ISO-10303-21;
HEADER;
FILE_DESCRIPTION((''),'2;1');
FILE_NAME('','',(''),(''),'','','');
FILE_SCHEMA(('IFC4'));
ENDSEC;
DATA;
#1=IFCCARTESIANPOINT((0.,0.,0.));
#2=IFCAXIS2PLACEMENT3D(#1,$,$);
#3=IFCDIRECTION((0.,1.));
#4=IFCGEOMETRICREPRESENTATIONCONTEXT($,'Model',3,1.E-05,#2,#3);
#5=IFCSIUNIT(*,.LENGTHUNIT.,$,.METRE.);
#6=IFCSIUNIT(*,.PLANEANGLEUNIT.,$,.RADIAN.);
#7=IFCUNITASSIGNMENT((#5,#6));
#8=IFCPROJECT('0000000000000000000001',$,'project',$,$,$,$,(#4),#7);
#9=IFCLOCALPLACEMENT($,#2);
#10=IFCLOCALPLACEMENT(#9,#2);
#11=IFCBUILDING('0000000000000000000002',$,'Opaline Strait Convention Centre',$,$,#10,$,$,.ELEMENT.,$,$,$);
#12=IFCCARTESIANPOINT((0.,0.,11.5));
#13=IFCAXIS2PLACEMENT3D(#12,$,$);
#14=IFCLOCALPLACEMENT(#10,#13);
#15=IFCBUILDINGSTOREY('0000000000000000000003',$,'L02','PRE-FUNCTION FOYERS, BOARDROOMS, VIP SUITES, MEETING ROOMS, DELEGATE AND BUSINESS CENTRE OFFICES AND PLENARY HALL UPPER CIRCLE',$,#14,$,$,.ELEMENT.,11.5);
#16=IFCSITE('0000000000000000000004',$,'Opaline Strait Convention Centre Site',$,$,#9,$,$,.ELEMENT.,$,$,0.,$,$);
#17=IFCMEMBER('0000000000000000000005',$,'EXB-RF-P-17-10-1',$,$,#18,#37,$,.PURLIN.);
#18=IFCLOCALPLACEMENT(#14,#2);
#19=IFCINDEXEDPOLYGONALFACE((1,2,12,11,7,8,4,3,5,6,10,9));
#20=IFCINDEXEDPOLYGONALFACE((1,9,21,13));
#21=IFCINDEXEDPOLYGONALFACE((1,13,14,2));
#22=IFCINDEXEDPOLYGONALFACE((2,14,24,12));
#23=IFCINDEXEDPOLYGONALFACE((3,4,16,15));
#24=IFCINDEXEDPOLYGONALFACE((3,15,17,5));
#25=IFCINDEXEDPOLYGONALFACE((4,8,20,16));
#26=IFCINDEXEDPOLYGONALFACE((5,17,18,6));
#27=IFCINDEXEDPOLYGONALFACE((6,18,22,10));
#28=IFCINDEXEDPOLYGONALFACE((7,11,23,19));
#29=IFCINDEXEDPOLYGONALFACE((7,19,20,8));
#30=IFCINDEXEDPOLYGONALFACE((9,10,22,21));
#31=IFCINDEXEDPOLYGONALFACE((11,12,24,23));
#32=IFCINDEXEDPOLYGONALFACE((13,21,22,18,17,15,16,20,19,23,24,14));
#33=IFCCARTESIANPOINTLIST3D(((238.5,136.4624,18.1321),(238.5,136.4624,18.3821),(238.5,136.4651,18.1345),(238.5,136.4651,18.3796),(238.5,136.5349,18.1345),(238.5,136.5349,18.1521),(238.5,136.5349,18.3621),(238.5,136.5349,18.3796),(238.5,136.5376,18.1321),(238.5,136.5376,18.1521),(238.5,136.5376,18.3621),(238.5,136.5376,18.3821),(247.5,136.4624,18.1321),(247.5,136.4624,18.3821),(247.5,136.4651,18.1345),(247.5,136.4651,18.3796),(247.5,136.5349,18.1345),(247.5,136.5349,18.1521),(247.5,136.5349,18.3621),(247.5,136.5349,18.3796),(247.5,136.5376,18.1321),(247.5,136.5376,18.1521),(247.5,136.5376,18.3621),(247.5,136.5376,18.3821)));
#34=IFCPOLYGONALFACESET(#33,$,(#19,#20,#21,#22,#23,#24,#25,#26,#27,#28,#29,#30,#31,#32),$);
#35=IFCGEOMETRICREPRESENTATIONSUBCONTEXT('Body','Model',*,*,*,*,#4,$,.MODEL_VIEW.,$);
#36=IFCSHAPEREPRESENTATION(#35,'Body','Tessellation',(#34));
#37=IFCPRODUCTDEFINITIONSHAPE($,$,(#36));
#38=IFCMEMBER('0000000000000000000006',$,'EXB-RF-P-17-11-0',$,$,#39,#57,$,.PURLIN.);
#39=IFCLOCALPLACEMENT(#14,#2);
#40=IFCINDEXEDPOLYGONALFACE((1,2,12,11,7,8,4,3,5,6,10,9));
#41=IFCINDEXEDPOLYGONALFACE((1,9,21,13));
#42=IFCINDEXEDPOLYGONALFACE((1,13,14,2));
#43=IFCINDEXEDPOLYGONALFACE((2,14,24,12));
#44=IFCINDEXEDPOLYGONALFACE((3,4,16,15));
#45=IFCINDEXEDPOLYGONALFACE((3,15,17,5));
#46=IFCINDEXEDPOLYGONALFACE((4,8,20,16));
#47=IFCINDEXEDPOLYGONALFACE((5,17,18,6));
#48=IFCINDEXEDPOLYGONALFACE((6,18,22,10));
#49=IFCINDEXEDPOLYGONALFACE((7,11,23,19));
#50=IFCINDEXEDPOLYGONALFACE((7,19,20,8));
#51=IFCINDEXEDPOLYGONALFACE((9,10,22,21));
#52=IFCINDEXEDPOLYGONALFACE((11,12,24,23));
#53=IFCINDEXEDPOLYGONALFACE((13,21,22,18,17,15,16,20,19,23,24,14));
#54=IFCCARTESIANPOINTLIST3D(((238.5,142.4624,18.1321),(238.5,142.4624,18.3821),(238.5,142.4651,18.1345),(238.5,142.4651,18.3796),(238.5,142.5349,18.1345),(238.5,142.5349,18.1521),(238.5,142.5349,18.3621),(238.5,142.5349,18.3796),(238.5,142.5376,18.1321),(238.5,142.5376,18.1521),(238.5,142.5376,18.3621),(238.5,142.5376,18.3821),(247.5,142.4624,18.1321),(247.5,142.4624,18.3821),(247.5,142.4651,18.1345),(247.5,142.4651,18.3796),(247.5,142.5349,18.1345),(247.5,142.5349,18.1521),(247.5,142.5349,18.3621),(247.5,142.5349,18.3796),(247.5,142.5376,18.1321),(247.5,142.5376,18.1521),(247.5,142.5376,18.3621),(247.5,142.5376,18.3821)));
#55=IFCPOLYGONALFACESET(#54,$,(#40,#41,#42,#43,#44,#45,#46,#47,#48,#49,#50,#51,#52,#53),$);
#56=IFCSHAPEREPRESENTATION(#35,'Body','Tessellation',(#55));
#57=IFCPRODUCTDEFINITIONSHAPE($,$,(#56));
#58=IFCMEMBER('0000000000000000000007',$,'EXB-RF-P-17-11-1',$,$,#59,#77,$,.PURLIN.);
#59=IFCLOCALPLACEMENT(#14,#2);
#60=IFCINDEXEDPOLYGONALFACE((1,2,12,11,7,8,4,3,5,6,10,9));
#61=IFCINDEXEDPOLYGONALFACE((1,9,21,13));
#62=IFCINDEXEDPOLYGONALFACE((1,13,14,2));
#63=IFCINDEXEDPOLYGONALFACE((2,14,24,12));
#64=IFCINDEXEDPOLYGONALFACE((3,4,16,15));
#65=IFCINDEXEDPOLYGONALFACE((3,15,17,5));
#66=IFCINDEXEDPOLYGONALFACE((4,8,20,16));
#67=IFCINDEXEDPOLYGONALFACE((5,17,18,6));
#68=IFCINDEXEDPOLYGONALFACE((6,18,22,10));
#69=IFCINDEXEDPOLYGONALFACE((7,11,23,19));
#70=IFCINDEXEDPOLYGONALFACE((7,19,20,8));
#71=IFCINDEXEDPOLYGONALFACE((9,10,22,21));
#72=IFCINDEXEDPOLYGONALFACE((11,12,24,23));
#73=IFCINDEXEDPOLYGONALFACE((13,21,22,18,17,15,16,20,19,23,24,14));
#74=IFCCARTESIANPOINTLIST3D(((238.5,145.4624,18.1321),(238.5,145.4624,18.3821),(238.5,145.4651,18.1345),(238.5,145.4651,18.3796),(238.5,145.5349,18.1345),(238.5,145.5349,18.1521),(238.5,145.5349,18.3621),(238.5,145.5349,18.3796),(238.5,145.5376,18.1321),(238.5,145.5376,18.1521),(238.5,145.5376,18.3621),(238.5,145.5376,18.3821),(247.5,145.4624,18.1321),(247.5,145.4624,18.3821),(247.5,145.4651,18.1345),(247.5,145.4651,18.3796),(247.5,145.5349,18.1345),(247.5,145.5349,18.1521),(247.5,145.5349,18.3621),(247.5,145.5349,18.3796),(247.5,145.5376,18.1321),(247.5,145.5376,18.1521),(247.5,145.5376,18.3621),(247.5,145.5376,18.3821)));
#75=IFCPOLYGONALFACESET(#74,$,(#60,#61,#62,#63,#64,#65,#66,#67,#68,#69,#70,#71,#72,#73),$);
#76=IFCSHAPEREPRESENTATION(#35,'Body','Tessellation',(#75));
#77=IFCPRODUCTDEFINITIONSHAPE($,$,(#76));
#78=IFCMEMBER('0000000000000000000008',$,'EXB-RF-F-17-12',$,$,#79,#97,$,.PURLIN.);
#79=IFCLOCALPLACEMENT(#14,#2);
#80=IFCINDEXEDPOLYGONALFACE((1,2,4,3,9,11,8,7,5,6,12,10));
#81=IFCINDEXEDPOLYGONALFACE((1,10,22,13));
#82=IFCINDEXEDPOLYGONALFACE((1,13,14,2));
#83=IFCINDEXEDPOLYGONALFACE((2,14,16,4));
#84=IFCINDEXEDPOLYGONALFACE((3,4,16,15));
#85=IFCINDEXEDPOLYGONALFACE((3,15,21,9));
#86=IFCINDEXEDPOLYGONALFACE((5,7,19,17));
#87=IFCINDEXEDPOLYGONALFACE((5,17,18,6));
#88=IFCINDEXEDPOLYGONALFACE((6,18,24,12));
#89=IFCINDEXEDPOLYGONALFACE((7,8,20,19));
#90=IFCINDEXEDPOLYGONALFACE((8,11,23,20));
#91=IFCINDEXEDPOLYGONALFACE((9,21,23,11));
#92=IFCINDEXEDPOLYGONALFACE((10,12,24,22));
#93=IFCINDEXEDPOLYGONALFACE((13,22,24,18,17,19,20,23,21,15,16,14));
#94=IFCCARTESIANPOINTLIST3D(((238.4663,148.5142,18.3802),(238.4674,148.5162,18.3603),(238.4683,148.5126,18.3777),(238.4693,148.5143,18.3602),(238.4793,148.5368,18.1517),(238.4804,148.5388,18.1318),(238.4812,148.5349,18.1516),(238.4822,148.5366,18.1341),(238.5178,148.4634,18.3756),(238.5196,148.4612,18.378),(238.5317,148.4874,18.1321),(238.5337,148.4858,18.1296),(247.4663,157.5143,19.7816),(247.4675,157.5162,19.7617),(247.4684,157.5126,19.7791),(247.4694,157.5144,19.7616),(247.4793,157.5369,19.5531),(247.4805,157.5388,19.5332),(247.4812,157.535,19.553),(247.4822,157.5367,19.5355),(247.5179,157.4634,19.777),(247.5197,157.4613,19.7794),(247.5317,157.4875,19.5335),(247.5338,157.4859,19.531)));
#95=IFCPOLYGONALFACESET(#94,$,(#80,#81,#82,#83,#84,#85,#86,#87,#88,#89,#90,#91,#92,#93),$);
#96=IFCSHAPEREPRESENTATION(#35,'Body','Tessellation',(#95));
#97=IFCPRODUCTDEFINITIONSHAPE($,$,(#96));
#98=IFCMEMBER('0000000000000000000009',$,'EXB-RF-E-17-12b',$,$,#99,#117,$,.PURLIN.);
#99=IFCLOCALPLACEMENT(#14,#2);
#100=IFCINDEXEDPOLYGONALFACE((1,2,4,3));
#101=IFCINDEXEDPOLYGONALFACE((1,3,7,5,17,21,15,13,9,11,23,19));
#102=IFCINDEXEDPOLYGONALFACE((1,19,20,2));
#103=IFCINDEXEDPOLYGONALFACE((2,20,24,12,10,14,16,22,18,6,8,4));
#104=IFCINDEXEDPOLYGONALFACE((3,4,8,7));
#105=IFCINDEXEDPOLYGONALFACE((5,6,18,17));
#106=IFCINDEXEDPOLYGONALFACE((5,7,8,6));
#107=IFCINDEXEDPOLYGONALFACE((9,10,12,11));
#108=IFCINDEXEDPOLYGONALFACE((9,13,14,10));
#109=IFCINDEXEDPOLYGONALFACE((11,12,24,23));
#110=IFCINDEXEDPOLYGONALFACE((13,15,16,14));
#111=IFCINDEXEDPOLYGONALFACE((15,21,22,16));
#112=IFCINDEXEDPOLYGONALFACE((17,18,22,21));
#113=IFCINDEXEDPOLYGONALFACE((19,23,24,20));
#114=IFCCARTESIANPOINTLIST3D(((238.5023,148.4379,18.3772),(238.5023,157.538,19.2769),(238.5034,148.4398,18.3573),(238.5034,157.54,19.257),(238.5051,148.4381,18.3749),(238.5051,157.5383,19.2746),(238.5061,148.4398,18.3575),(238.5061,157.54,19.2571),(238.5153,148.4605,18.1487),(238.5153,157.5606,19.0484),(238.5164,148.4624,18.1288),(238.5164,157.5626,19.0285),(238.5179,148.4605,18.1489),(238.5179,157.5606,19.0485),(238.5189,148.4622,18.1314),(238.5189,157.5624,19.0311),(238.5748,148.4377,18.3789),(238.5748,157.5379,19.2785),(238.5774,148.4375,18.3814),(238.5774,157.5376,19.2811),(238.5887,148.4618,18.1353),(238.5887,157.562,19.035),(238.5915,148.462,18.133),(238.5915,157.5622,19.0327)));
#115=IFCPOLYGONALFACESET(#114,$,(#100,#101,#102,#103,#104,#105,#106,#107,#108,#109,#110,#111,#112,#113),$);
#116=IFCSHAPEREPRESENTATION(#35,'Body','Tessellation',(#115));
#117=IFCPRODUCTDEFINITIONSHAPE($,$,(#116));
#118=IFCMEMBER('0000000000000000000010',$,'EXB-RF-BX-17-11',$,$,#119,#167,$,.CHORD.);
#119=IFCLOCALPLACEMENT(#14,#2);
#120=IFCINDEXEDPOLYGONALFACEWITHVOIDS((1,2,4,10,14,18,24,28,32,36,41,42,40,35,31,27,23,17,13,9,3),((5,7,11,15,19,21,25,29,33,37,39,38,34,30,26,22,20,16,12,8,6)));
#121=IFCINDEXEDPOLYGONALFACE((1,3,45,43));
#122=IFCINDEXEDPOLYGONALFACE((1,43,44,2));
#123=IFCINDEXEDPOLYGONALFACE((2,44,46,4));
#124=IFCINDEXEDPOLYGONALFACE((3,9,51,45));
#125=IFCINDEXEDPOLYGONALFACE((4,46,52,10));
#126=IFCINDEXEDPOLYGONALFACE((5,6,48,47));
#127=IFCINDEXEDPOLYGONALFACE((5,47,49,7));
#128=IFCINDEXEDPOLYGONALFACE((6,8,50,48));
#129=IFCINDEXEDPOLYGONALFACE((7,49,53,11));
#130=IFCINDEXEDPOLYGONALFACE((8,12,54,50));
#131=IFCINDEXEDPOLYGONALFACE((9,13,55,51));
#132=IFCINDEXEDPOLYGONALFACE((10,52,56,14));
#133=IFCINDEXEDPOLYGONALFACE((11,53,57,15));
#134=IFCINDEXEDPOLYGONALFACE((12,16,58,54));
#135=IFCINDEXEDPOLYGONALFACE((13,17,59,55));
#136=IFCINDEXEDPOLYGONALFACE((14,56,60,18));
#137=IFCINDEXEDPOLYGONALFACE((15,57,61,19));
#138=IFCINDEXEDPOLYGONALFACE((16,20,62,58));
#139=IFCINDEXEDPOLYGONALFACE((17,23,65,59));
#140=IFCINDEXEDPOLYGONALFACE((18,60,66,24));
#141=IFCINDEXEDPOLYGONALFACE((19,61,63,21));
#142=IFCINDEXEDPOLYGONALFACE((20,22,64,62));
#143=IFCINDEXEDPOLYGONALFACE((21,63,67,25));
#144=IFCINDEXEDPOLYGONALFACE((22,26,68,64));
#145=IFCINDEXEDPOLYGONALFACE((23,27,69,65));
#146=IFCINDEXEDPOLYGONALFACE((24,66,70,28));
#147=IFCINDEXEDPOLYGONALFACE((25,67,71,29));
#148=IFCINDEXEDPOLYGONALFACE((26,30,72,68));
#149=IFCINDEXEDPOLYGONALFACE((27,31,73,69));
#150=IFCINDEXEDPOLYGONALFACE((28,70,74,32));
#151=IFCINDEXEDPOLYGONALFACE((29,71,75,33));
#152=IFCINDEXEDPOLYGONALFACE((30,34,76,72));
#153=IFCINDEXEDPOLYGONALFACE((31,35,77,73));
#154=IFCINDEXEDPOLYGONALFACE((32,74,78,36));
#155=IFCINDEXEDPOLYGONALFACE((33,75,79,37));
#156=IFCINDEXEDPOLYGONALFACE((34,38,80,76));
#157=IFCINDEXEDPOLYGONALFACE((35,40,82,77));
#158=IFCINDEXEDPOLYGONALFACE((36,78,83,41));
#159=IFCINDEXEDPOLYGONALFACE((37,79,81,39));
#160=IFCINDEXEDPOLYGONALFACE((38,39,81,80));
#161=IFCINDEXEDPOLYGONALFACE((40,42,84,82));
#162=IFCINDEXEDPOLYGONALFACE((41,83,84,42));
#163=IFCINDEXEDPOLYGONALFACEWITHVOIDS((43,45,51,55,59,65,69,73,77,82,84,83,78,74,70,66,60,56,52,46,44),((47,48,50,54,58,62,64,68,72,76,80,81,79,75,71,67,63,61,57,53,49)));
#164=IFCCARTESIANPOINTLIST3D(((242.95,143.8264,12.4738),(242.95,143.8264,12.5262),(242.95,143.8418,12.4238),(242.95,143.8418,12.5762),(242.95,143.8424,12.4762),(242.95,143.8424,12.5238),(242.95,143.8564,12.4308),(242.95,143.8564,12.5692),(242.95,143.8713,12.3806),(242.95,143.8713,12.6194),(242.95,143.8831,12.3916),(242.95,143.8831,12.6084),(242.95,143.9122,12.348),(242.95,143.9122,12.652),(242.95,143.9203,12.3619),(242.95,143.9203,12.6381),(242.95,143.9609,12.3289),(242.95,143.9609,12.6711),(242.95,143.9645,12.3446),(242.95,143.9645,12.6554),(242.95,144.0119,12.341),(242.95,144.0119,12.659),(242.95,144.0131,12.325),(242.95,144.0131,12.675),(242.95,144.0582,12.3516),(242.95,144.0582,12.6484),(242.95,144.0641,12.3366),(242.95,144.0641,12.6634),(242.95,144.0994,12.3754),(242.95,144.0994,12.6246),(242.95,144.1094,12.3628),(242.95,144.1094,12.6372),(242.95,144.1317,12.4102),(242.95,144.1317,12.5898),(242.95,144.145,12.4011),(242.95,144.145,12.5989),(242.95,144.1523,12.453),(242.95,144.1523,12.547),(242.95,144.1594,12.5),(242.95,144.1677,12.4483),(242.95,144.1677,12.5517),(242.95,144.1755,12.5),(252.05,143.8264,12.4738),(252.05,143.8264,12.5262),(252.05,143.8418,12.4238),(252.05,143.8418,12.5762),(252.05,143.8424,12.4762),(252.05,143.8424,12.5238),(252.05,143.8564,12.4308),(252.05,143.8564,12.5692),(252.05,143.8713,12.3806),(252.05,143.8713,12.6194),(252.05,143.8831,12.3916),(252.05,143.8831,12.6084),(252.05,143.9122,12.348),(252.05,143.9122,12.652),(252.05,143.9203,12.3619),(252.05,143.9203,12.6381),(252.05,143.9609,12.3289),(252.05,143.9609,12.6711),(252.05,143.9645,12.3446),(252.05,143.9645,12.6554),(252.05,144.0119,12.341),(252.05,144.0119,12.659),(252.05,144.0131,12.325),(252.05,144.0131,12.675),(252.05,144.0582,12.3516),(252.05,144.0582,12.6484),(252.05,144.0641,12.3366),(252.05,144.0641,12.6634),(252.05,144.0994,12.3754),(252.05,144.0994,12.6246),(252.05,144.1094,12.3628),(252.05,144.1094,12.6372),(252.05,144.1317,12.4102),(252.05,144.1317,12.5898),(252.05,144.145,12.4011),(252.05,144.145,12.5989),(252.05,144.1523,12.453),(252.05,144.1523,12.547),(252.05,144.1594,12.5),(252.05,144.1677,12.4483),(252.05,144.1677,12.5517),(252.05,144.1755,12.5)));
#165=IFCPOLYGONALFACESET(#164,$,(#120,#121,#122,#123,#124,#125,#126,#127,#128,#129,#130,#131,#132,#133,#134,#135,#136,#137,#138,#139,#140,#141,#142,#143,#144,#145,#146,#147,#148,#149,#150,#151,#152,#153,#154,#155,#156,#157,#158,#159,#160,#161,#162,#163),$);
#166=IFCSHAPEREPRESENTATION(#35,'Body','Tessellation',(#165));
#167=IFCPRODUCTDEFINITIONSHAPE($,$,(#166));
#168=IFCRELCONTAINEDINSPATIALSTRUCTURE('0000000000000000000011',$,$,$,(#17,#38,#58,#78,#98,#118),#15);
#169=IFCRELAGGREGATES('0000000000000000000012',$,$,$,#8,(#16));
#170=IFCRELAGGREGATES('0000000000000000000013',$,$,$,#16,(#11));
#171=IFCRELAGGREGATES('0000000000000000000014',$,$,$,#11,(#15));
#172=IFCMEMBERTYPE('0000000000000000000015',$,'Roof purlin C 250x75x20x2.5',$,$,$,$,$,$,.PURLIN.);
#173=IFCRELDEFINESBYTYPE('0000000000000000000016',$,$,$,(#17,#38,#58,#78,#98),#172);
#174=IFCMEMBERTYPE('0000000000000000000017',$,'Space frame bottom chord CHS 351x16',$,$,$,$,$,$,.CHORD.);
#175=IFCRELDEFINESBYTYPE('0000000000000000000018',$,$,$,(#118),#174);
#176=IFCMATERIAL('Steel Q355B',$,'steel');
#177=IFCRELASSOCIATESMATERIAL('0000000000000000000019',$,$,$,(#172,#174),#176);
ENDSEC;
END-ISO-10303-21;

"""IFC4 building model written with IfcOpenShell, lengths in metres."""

from ifc_helpers import new_model, si_unit, direction, frame, origin, origin_2d, place, context, subcontext, project, spatial, polyline, hollow_circle, outline, extrude, material, material_profile, profile_set, type_object, element, save


model = new_model("IFC4")

# Units and contexts
model_context = context("Model", 3, precision=1e-05, world=origin(), true_north=direction((0.0, 1.0)))
body_context = subcontext(model_context, "Body", "Model", "MODEL_VIEW")
ifc_project = project(units=[si_unit("LENGTHUNIT", "METRE"), si_unit("PLANEANGLEUNIT", "RADIAN")], contexts=[model_context])

# Site, building, storey
site_placement = place(None, origin())
site = spatial("IfcSite", under=ifc_project, at=site_placement, Name="Opaline Strait Convention Centre Site", CompositionType="ELEMENT", RefElevation=0.0)
building_placement = place(site_placement, origin())
building = spatial("IfcBuilding", under=site, at=building_placement, Name="Opaline Strait Convention Centre", CompositionType="ELEMENT")
storey_placement = place(building_placement, frame((0.0, 0.0, 11.5)))
storey = spatial("IfcBuildingStorey", under=building, at=storey_placement, Name="L02", Description="PRE-FUNCTION FOYERS, BOARDROOMS, VIP SUITES, MEETING ROOMS, DELEGATE AND BUSINESS CENTRE OFFICES AND PLENARY HALL UPPER CIRCLE", CompositionType="ELEMENT", Elevation=11.5)

# Members
ifc_material_1 = material(Name="Steel Q355B", Category="steel")
ifc_material_profile_1 = material_profile(ifc_material_1, outline(polyline([(-0.0376, -0.125), (0.0376, -0.125), (0.0376, -0.105), (0.0349, -0.105), (0.0349, -0.1226), (-0.0349, -0.1226), (-0.0349, 0.1226), (0.0349, 0.1226), (0.0349, 0.105), (0.0376, 0.105), (0.0376, 0.125), (-0.0376, 0.125), (-0.0376, -0.125)])), Name="C 250x75x20x2.5")
ifc_profile_set_1 = profile_set([ifc_material_profile_1], Name="Steel Q355B")
member_type_1 = type_object("IfcMemberType", Name="Roof purlin C 250x75x20x2.5", PredefinedType="PURLIN", material=ifc_profile_set_1)
for number, where, z_axis, x_axis, name in (
    (1, (238.5, 136.5, 18.2571), (1.0, 0.0, 0.0), (0.0, 1.0, 0.0), "EXB-RF-P-17-10-1"),
    (2, (238.5, 142.5, 18.2571), (1.0, 0.0, 0.0), (0.0, 1.0, 0.0), "EXB-RF-P-17-11-0"),
    (3, (238.5, 145.5, 18.2571), (1.0, 0.0, 0.0), (0.0, 1.0, 0.0), "EXB-RF-P-17-11-1"),
):
    element("IfcMember", number, at=place(storey_placement, frame(where, z_axis=z_axis, x_axis=x_axis)), inside=storey, type_object=member_type_1, Name=name, PredefinedType="PURLIN", context=body_context, shape_type="SweptSolid", body=[
        extrude(outline(polyline([(-0.0376, -0.125), (0.0376, -0.125), (0.0376, -0.105), (0.0349, -0.105), (0.0349, -0.1226), (-0.0349, -0.1226), (-0.0349, 0.1226), (0.0349, 0.1226), (0.0349, 0.105), (0.0376, 0.105), (0.0376, 0.125), (-0.0376, 0.125), (-0.0376, -0.125)])), origin(), (0.0, 0.0, 1.0), 9.0),
    ])
member_1_placement = place(storey_placement, frame((238.5, 148.5, 18.2549), z_axis=(0.702859, 0.702859, 0.10944), x_axis=(-0.709082, 0.704516, 0.029329)))
element("IfcMember", 4, at=member_1_placement, inside=storey, type_object=member_type_1, Name="EXB-RF-F-17-12", PredefinedType="PURLIN", context=body_context, shape_type="SweptSolid", body=[
    extrude(outline(polyline([(-0.0376, -0.125), (0.0376, -0.125), (0.0376, -0.105), (0.0349, -0.105), (0.0349, -0.1226), (-0.0349, -0.1226), (-0.0349, 0.1226), (0.0349, 0.1226), (0.0349, 0.105), (0.0376, 0.105), (0.0376, 0.125), (-0.0376, 0.125), (-0.0376, -0.125)])), origin(), (0.0, 0.0, 1.0), 12.8049),
])
member_2_placement = place(storey_placement, frame((238.5469, 148.45, 18.2551), z_axis=(0.0, 0.995149, 0.098383), x_axis=(-0.998403, 0.005558, -0.05622)))
element("IfcMember", 5, at=member_2_placement, inside=storey, type_object=member_type_1, Name="EXB-RF-E-17-12b", PredefinedType="PURLIN", context=body_context, shape_type="SweptSolid", body=[
    extrude(outline(polyline([(-0.0376, -0.125), (0.0376, -0.125), (0.0376, -0.105), (0.0349, -0.105), (0.0349, -0.1226), (-0.0349, -0.1226), (-0.0349, 0.1226), (0.0349, 0.1226), (0.0349, 0.105), (0.0376, 0.105), (0.0376, 0.125), (-0.0376, 0.125), (-0.0376, -0.125)])), origin(), (0.0, 0.0, 1.0), 9.1445),
])
ifc_material_profile_2 = material_profile(ifc_material_1, hollow_circle(Radius=0.1755, WallThickness=0.0161, at=origin_2d()), Name="CHS 351x16")
ifc_profile_set_2 = profile_set([ifc_material_profile_2], Name="Steel Q355B")
member_type_2 = type_object("IfcMemberType", Name="Space frame bottom chord CHS 351x16", PredefinedType="CHORD", material=ifc_profile_set_2)
for number, where, z_axis, x_axis, name in (
    (6, (242.95, 144.0, 12.5), (1.0, 0.0, 0.0), (0.0, 1.0, 0.0), "EXB-RF-BX-17-11"),
):
    element("IfcMember", number, at=place(storey_placement, frame(where, z_axis=z_axis, x_axis=x_axis)), inside=storey, type_object=member_type_2, Name=name, PredefinedType="CHORD", context=body_context, shape_type="SweptSolid", body=[
        extrude(hollow_circle(Radius=0.1755, WallThickness=0.0161, at=origin_2d()), origin(), (0.0, 0.0, 1.0), 9.1001),
    ])

save(model, "model.ifc")
